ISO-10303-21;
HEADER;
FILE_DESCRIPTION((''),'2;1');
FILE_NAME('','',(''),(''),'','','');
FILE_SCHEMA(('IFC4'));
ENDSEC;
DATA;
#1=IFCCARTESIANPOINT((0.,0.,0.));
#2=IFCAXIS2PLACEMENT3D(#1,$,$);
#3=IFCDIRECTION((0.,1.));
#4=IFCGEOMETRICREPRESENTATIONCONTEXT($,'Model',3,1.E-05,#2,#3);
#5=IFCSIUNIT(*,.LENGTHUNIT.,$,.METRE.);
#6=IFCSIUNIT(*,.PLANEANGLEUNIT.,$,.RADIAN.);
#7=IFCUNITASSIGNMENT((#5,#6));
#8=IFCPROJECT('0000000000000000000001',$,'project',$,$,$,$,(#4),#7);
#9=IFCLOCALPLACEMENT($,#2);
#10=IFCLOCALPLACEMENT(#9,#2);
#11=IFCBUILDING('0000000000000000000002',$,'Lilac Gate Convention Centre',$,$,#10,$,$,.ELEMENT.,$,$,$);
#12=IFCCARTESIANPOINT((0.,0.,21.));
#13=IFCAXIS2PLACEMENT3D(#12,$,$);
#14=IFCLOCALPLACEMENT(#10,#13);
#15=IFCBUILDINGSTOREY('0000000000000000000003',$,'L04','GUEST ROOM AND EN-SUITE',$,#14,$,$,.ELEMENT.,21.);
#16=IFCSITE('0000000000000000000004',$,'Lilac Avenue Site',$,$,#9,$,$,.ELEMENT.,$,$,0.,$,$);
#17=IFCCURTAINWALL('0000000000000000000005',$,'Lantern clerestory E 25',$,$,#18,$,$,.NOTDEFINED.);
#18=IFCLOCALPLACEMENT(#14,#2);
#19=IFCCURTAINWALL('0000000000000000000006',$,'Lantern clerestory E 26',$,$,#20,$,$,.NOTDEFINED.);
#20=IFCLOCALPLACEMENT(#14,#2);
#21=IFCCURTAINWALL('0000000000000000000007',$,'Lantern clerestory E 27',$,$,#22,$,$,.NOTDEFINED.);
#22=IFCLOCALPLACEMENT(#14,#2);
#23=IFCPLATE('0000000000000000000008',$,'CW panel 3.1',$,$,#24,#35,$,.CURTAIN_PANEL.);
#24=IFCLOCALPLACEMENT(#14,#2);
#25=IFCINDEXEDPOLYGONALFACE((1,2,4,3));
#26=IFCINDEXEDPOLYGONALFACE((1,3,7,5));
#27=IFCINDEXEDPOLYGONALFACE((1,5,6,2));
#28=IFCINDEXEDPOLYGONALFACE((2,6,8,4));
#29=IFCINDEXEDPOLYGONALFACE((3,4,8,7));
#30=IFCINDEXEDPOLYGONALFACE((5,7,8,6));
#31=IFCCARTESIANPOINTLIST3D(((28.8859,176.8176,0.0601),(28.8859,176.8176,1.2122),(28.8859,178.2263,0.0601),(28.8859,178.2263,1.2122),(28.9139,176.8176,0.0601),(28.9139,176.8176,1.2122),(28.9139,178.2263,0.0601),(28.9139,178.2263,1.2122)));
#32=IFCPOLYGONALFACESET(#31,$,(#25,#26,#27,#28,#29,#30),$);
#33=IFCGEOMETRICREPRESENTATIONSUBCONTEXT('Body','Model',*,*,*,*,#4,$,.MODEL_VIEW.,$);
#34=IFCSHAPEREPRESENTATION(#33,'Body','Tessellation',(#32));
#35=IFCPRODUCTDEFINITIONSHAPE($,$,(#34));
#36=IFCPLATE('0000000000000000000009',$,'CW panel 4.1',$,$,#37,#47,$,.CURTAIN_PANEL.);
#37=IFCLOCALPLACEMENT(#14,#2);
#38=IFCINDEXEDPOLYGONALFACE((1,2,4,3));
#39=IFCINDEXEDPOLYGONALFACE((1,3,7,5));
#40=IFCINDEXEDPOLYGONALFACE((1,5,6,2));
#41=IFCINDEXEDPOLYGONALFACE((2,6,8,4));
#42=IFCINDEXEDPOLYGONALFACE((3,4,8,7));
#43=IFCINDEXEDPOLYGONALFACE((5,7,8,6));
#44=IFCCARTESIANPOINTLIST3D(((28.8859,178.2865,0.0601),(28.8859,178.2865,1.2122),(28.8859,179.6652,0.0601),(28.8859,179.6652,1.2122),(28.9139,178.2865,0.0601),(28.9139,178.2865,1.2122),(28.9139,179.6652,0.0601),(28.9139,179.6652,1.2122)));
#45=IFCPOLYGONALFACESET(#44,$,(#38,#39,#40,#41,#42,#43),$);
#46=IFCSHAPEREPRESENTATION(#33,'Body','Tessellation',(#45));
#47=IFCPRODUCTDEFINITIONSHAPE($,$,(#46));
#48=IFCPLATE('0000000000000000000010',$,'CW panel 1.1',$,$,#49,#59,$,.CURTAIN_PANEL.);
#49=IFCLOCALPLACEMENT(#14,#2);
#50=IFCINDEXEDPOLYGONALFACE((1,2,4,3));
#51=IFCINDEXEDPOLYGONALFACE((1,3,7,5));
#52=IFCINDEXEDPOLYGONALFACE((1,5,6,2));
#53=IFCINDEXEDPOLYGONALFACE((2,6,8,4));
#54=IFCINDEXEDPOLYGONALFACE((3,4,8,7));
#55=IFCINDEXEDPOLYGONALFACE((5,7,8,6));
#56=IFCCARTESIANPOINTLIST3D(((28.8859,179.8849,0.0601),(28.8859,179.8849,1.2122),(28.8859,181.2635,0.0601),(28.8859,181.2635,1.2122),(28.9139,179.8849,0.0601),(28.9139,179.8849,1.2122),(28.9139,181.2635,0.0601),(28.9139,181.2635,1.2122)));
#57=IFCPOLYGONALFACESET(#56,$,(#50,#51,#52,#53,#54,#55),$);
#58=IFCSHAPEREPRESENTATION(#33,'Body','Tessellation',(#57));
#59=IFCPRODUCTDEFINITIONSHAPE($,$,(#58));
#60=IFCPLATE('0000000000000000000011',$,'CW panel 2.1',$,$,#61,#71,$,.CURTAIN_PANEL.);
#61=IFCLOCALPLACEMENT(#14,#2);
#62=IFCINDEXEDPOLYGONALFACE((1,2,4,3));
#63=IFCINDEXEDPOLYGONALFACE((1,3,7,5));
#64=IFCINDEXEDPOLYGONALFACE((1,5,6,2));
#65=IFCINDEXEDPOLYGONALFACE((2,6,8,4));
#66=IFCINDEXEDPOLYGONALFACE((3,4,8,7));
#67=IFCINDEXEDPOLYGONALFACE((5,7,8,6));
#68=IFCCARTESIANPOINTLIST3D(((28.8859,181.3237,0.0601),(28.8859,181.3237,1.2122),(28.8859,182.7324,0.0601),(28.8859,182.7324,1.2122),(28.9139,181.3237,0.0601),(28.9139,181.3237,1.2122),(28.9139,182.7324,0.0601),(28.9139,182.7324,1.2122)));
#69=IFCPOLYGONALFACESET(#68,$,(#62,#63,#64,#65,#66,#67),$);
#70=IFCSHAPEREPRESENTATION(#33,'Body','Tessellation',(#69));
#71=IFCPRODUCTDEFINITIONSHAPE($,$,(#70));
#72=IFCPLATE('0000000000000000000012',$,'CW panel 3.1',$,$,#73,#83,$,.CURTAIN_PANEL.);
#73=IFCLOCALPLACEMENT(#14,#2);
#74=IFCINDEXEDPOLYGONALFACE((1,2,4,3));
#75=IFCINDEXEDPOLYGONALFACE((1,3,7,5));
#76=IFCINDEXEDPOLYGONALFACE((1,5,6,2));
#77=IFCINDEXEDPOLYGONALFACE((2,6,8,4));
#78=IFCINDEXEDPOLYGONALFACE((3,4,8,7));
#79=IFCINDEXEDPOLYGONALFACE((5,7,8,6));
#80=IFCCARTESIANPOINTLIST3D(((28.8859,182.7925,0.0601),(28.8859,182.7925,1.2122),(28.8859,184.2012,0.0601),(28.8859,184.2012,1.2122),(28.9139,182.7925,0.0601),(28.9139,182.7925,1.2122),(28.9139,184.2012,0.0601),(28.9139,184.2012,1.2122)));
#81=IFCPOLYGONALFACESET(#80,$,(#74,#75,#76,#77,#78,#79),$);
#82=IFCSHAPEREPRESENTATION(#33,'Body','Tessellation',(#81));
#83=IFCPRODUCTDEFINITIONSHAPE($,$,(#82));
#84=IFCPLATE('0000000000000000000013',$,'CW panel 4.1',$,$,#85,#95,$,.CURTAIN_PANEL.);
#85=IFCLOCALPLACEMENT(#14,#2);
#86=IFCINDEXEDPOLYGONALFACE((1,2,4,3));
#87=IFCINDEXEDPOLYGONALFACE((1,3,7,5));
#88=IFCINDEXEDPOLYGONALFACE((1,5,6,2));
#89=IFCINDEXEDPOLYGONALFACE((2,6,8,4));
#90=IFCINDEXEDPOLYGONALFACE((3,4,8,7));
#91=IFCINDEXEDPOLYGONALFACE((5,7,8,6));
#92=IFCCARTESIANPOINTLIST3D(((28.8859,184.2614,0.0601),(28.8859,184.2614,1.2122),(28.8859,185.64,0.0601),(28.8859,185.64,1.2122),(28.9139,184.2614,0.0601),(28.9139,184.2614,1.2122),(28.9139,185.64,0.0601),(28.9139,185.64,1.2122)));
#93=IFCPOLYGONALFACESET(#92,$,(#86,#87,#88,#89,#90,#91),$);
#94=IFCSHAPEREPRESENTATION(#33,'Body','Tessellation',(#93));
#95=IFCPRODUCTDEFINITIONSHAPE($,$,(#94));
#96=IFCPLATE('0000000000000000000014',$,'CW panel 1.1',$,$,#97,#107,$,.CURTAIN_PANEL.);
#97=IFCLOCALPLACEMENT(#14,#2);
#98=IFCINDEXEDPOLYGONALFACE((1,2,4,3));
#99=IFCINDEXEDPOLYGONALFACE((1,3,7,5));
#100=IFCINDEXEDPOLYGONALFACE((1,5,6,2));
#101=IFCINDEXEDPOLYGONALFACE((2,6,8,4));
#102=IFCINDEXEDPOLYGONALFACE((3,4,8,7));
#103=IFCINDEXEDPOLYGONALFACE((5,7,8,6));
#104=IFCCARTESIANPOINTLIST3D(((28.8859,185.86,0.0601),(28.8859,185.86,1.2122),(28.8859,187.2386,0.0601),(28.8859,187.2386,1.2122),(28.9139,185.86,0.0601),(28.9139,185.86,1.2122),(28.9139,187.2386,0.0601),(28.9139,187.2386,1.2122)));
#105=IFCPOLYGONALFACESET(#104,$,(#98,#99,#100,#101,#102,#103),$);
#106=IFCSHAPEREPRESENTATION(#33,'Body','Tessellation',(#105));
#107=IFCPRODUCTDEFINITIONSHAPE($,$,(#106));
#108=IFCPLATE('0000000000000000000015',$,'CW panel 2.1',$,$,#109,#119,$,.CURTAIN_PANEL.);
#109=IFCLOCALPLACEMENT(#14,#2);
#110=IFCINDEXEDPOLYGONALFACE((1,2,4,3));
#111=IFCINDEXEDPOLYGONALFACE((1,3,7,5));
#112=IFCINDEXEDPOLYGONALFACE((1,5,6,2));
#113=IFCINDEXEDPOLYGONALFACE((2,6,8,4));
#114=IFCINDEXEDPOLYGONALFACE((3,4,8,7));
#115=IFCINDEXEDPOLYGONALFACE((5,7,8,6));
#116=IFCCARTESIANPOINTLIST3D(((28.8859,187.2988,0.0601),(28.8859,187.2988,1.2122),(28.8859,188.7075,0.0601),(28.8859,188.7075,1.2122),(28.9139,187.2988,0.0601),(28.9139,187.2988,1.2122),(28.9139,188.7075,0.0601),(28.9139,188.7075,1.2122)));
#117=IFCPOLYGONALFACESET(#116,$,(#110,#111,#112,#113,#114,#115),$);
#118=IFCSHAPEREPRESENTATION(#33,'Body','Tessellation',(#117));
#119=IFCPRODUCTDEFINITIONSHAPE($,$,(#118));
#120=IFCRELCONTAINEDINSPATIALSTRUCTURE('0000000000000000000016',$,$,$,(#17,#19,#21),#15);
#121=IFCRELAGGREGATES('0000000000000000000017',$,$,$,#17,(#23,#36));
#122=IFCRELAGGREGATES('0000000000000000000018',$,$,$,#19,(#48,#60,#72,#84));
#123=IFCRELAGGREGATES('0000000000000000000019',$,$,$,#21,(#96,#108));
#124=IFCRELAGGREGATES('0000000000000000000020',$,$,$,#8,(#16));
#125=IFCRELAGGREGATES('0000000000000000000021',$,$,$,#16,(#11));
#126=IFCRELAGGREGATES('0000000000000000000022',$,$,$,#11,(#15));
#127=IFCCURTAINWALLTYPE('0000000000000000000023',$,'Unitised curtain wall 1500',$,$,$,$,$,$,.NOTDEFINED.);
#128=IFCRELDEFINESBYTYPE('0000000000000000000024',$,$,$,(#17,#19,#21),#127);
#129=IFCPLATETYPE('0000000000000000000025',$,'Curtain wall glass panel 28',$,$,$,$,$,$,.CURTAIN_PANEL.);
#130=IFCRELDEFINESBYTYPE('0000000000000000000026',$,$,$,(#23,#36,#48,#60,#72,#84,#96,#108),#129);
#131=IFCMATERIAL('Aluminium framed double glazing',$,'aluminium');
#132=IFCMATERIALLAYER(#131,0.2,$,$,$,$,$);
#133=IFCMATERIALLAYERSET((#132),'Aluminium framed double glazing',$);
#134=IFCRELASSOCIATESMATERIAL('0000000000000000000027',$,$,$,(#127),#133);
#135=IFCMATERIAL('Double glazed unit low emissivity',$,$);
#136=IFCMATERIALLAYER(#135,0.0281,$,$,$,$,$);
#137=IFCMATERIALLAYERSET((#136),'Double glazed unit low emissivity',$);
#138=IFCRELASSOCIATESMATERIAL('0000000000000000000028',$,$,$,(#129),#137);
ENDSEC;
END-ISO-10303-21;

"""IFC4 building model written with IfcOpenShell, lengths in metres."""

from ifc_helpers import new_model, si_unit, direction, frame, origin, origin_2d, place, context, subcontext, project, spatial, rectangle, extrude, material, layer, layer_set, type_object, element, aggregate, save


model = new_model("IFC4")

# Units and contexts
model_context = context("Model", 3, precision=1e-05, world=origin(), true_north=direction((0.0, 1.0)))
body_context = subcontext(model_context, "Body", "Model", "MODEL_VIEW")
ifc_project = project(units=[si_unit("LENGTHUNIT", "METRE"), si_unit("PLANEANGLEUNIT", "RADIAN")], contexts=[model_context])

# Site, building, storey
site_placement = place(None, origin())
site = spatial("IfcSite", under=ifc_project, at=site_placement, Name="Lilac Avenue Site", CompositionType="ELEMENT", RefElevation=0.0)
building_placement = place(site_placement, origin())
building = spatial("IfcBuilding", under=site, at=building_placement, Name="Lilac Gate Convention Centre", CompositionType="ELEMENT")
storey_placement = place(building_placement, frame((0.0, 0.0, 21.0)))
storey = spatial("IfcBuildingStorey", under=building, at=storey_placement, Name="L04", Description="GUEST ROOM AND EN-SUITE", CompositionType="ELEMENT", Elevation=21.0)

# Curtain walls
ifc_material_1 = material(Name="Aluminium framed double glazing", Category="aluminium")
ifc_layer_1 = layer(ifc_material_1, 0.2)
ifc_layer_set_1 = layer_set([ifc_layer_1], Name="Aluminium framed double glazing")
curtain_wall_type = type_object("IfcCurtainWallType", Name="Unitised curtain wall 1500", PredefinedType="NOTDEFINED", material=ifc_layer_set_1)
curtain_wall_1_placement = place(storey_placement, origin())
curtain_wall_1 = element("IfcCurtainWall", 1, at=curtain_wall_1_placement, inside=storey, type_object=curtain_wall_type, Name="Lantern clerestory E 25", PredefinedType="NOTDEFINED")
curtain_wall_2_placement = place(storey_placement, origin())
curtain_wall_2 = element("IfcCurtainWall", 2, at=curtain_wall_2_placement, inside=storey, type_object=curtain_wall_type, Name="Lantern clerestory E 26", PredefinedType="NOTDEFINED")
curtain_wall_3_placement = place(storey_placement, origin())
curtain_wall_3 = element("IfcCurtainWall", 3, at=curtain_wall_3_placement, inside=storey, type_object=curtain_wall_type, Name="Lantern clerestory E 27", PredefinedType="NOTDEFINED")

# Plates
ifc_material_2 = material(Name="Double glazed unit low emissivity")
ifc_layer_2 = layer(ifc_material_2, 0.0281)
ifc_layer_set_2 = layer_set([ifc_layer_2], Name="Double glazed unit low emissivity")
plate_type = type_object("IfcPlateType", Name="Curtain wall glass panel 28", PredefinedType="CURTAIN_PANEL", material=ifc_layer_set_2)
plate_1_placement = place(storey_placement, frame((28.8999, 177.522, 0.0601), z_axis=(0.0, 0.0, 1.0), x_axis=(0.0, 1.0, 0.0)))
plate_1 = element("IfcPlate", 4, at=plate_1_placement, type_object=plate_type, Name="CW panel 3.1", PredefinedType="CURTAIN_PANEL", context=body_context, shape_type="SweptSolid", body=[
    extrude(rectangle(XDim=1.4087, YDim=0.0281, at=origin_2d()), origin(), (0.0, 0.0, 1.0), 1.1521),
])
plate_2_placement = place(storey_placement, frame((28.8999, 178.9758, 0.0601), z_axis=(0.0, 0.0, 1.0), x_axis=(0.0, 1.0, 0.0)))
plate_2 = element("IfcPlate", 5, at=plate_2_placement, type_object=plate_type, Name="CW panel 4.1", PredefinedType="CURTAIN_PANEL", context=body_context, shape_type="SweptSolid", body=[
    extrude(rectangle(XDim=1.3787, YDim=0.0281, at=origin_2d()), origin(), (0.0, 0.0, 1.0), 1.1521),
])
aggregate(curtain_wall_1, [plate_1, plate_2])
plate_3_placement = place(storey_placement, frame((28.8999, 180.5742, 0.0601), z_axis=(0.0, 0.0, 1.0), x_axis=(0.0, 1.0, 0.0)))
plate_3 = element("IfcPlate", 6, at=plate_3_placement, type_object=plate_type, Name="CW panel 1.1", PredefinedType="CURTAIN_PANEL", context=body_context, shape_type="SweptSolid", body=[
    extrude(rectangle(XDim=1.3787, YDim=0.0281, at=origin_2d()), origin(), (0.0, 0.0, 1.0), 1.1521),
])
plate_4_placement = place(storey_placement, frame((28.8999, 182.0281, 0.0601), z_axis=(0.0, 0.0, 1.0), x_axis=(0.0, 1.0, 0.0)))
plate_4 = element("IfcPlate", 7, at=plate_4_placement, type_object=plate_type, Name="CW panel 2.1", PredefinedType="CURTAIN_PANEL", context=body_context, shape_type="SweptSolid", body=[
    extrude(rectangle(XDim=1.4087, YDim=0.0281, at=origin_2d()), origin(), (0.0, 0.0, 1.0), 1.1521),
])
plate_5_placement = place(storey_placement, frame((28.8999, 183.4968, 0.0601), z_axis=(0.0, 0.0, 1.0), x_axis=(0.0, 1.0, 0.0)))
plate_5 = element("IfcPlate", 8, at=plate_5_placement, type_object=plate_type, Name="CW panel 3.1", PredefinedType="CURTAIN_PANEL", context=body_context, shape_type="SweptSolid", body=[
    extrude(rectangle(XDim=1.4087, YDim=0.0281, at=origin_2d()), origin(), (0.0, 0.0, 1.0), 1.1521),
])
plate_6_placement = place(storey_placement, frame((28.8999, 184.9507, 0.0601), z_axis=(0.0, 0.0, 1.0), x_axis=(0.0, 1.0, 0.0)))
plate_6 = element("IfcPlate", 9, at=plate_6_placement, type_object=plate_type, Name="CW panel 4.1", PredefinedType="CURTAIN_PANEL", context=body_context, shape_type="SweptSolid", body=[
    extrude(rectangle(XDim=1.3787, YDim=0.0281, at=origin_2d()), origin(), (0.0, 0.0, 1.0), 1.1521),
])
aggregate(curtain_wall_2, [plate_3, plate_4, plate_5, plate_6])
plate_7_placement = place(storey_placement, frame((28.8999, 186.5493, 0.0601), z_axis=(0.0, 0.0, 1.0), x_axis=(0.0, 1.0, 0.0)))
plate_7 = element("IfcPlate", 10, at=plate_7_placement, type_object=plate_type, Name="CW panel 1.1", PredefinedType="CURTAIN_PANEL", context=body_context, shape_type="SweptSolid", body=[
    extrude(rectangle(XDim=1.3787, YDim=0.0281, at=origin_2d()), origin(), (0.0, 0.0, 1.0), 1.1521),
])
plate_8_placement = place(storey_placement, frame((28.8999, 188.0032, 0.0601), z_axis=(0.0, 0.0, 1.0), x_axis=(0.0, 1.0, 0.0)))
plate_8 = element("IfcPlate", 11, at=plate_8_placement, type_object=plate_type, Name="CW panel 2.1", PredefinedType="CURTAIN_PANEL", context=body_context, shape_type="SweptSolid", body=[
    extrude(rectangle(XDim=1.4087, YDim=0.0281, at=origin_2d()), origin(), (0.0, 0.0, 1.0), 1.1521),
])
aggregate(curtain_wall_3, [plate_7, plate_8])

save(model, "model.ifc")
